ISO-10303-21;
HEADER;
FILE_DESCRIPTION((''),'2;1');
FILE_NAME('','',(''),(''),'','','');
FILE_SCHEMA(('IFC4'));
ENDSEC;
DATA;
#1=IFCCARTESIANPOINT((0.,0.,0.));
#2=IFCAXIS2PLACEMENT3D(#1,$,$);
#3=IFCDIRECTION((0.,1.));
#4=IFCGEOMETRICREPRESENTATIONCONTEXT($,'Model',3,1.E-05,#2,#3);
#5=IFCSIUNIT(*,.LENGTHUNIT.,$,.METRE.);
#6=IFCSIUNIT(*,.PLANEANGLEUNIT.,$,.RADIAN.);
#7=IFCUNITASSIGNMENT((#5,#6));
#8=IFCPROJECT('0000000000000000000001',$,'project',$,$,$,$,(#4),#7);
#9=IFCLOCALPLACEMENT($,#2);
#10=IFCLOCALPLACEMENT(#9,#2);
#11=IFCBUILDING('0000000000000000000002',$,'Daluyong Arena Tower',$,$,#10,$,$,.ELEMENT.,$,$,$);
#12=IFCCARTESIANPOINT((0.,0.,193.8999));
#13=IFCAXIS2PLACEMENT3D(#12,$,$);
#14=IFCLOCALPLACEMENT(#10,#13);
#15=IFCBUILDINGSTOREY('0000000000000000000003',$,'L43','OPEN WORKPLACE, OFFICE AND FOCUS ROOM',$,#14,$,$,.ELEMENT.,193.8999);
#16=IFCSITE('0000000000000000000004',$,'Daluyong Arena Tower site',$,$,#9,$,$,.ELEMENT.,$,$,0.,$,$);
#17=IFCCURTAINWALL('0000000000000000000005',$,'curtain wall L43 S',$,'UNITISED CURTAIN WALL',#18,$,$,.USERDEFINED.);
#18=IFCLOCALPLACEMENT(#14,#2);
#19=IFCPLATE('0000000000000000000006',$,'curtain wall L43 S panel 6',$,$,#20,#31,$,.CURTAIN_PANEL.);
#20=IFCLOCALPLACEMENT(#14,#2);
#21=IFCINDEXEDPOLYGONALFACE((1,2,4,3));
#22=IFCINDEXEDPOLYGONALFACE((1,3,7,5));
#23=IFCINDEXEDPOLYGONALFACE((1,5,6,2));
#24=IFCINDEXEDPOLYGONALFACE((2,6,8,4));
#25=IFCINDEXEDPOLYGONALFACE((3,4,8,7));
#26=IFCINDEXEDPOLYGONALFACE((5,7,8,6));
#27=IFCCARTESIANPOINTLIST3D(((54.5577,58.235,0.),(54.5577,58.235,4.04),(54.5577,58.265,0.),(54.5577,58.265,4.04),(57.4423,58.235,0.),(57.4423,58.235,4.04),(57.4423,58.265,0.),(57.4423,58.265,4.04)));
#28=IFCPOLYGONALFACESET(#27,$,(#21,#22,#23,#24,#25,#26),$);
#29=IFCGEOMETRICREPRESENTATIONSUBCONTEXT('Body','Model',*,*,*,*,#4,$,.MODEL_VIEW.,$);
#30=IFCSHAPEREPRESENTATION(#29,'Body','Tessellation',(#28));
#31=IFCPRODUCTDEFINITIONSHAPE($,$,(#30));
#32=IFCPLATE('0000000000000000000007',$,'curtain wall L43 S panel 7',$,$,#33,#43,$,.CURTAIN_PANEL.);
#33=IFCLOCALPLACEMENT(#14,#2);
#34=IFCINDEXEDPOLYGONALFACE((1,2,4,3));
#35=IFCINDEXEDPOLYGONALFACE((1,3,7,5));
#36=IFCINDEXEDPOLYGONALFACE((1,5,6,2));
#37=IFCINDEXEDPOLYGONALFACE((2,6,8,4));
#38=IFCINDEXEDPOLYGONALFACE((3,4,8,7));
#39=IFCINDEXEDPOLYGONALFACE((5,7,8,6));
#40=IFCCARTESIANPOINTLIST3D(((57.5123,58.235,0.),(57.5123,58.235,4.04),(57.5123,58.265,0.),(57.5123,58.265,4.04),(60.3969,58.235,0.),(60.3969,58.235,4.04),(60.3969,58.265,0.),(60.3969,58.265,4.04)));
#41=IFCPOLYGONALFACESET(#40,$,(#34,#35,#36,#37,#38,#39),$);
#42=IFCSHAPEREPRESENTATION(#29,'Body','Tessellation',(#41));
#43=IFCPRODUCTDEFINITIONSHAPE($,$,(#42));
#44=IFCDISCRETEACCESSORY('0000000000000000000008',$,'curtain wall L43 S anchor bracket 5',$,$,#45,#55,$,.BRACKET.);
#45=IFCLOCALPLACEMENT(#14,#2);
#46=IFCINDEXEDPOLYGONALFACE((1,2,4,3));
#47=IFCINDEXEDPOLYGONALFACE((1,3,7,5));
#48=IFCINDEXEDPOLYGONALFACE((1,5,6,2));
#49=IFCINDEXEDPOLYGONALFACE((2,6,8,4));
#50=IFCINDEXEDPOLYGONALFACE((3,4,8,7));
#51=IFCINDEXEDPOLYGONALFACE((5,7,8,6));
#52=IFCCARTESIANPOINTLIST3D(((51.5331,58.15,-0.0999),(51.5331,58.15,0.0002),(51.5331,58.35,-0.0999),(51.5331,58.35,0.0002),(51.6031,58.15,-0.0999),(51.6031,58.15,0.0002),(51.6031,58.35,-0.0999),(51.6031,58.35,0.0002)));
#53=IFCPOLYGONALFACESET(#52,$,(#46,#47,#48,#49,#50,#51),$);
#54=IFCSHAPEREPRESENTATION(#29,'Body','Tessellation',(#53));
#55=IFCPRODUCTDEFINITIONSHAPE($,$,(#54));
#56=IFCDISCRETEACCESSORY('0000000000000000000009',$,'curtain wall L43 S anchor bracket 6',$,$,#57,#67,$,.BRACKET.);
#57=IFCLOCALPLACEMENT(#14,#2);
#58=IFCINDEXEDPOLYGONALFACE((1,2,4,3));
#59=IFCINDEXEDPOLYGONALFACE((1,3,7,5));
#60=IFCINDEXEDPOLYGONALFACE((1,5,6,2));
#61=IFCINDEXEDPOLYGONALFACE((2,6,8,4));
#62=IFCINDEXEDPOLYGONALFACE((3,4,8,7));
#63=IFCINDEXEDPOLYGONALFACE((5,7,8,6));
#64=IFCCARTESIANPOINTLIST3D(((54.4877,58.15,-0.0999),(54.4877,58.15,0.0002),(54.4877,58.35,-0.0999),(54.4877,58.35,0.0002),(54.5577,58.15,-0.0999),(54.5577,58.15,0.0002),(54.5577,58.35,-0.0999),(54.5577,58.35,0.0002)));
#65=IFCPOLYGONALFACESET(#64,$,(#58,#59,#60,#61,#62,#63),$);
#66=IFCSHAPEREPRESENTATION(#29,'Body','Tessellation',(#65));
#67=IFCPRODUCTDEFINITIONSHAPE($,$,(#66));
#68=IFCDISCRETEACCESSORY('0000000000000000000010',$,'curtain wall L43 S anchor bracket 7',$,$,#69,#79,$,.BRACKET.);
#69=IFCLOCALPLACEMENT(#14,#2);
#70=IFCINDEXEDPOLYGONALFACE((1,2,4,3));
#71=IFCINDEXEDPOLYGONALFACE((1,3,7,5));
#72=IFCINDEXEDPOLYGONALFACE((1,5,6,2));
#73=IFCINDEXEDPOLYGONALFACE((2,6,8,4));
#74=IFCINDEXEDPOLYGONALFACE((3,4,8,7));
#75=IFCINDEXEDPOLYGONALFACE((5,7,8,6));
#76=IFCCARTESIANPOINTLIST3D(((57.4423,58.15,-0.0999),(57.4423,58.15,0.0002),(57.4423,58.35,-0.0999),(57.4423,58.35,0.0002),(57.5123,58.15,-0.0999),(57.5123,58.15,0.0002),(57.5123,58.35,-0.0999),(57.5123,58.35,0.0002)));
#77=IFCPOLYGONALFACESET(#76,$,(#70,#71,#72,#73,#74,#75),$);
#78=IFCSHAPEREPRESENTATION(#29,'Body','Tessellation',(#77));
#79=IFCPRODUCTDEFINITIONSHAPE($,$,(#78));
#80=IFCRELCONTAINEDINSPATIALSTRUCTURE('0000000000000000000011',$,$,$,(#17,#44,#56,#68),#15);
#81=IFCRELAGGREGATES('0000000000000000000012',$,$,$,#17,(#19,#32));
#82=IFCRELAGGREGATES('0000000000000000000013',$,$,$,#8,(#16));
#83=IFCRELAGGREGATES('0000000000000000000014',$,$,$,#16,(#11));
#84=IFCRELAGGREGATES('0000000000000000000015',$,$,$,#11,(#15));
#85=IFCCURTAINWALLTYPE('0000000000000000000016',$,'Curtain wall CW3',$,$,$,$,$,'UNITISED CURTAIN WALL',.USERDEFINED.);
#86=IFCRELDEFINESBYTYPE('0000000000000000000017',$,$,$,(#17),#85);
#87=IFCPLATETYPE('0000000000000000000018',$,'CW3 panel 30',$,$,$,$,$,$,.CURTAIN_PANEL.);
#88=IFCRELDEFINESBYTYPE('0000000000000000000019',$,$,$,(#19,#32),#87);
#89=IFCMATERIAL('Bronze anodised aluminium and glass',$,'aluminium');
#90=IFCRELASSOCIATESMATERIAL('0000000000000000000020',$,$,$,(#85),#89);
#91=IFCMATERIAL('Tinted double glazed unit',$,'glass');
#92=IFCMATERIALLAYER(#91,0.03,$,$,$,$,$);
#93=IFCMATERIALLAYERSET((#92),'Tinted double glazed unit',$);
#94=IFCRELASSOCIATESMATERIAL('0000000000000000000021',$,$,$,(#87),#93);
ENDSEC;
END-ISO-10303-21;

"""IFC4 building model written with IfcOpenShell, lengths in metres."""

from ifc_helpers import new_model, si_unit, direction, frame, origin, origin_2d, place, context, subcontext, project, spatial, rectangle, extrude, material, layer, layer_set, type_object, element, aggregate, save


model = new_model("IFC4")

# Units and contexts
model_context = context("Model", 3, precision=1e-05, world=origin(), true_north=direction((0.0, 1.0)))
body_context = subcontext(model_context, "Body", "Model", "MODEL_VIEW")
ifc_project = project(units=[si_unit("LENGTHUNIT", "METRE"), si_unit("PLANEANGLEUNIT", "RADIAN")], contexts=[model_context])

# Site, building, storey
site_placement = place(None, origin())
site = spatial("IfcSite", under=ifc_project, at=site_placement, Name="Daluyong Arena Tower site", CompositionType="ELEMENT", RefElevation=0.0)
building_placement = place(site_placement, origin())
building = spatial("IfcBuilding", under=site, at=building_placement, Name="Daluyong Arena Tower", CompositionType="ELEMENT")
storey_placement = place(building_placement, frame((0.0, 0.0, 193.8999)))
storey = spatial("IfcBuildingStorey", under=building, at=storey_placement, Name="L43", Description="OPEN WORKPLACE, OFFICE AND FOCUS ROOM", CompositionType="ELEMENT", Elevation=193.8999)

# Curtain wall
ifc_material_1 = material(Name="Bronze anodised aluminium and glass", Category="aluminium")
curtain_wall_type = type_object("IfcCurtainWallType", Name="Curtain wall CW3", ElementType="UNITISED CURTAIN WALL", PredefinedType="USERDEFINED", material=ifc_material_1)
curtain_wall_placement = place(storey_placement, origin())
curtain_wall = element("IfcCurtainWall", 1, at=curtain_wall_placement, inside=storey, type_object=curtain_wall_type, Name="curtain wall L43 S", ObjectType="UNITISED CURTAIN WALL", PredefinedType="USERDEFINED")

# Plates
ifc_material_2 = material(Name="Tinted double glazed unit", Category="glass")
ifc_layer = layer(ifc_material_2, 0.03)
ifc_layer_set = layer_set([ifc_layer], Name="Tinted double glazed unit")
plate_type = type_object("IfcPlateType", Name="CW3 panel 30", PredefinedType="CURTAIN_PANEL", material=ifc_layer_set)
plate_1_placement = place(storey_placement, frame((56.0, 58.25, 0.0), z_axis=(0.0, 0.0, 1.0), x_axis=(1.0, 0.0, 0.0)))
plate_1 = element("IfcPlate", 2, at=plate_1_placement, type_object=plate_type, Name="curtain wall L43 S panel 6", PredefinedType="CURTAIN_PANEL", context=body_context, shape_type="SweptSolid", body=[
    extrude(rectangle(XDim=2.8845, YDim=0.03, at=origin_2d()), origin(), (0.0, 0.0, 1.0), 4.04),
])
plate_2_placement = place(storey_placement, frame((58.9546, 58.25, 0.0), z_axis=(0.0, 0.0, 1.0), x_axis=(1.0, 0.0, 0.0)))
plate_2 = element("IfcPlate", 3, at=plate_2_placement, type_object=plate_type, Name="curtain wall L43 S panel 7", PredefinedType="CURTAIN_PANEL", context=body_context, shape_type="SweptSolid", body=[
    extrude(rectangle(XDim=2.8845, YDim=0.03, at=origin_2d()), origin(), (0.0, 0.0, 1.0), 4.04),
])
aggregate(curtain_wall, [plate_1, plate_2])

# Discrete accessories
for number, where, z_axis, x_axis, name in (
    (4, (51.5681, 58.25, -0.0999), (0.0, 0.0, 1.0), (1.0, 0.0, 0.0), "curtain wall L43 S anchor bracket 5"),
    (5, (54.5227, 58.25, -0.0999), (0.0, 0.0, 1.0), (1.0, 0.0, 0.0), "curtain wall L43 S anchor bracket 6"),
    (6, (57.4773, 58.25, -0.0999), (0.0, 0.0, 1.0), (1.0, 0.0, 0.0), "curtain wall L43 S anchor bracket 7"),
):
    element("IfcDiscreteAccessory", number, at=place(storey_placement, frame(where, z_axis=z_axis, x_axis=x_axis)), inside=storey, Name=name, PredefinedType="BRACKET", context=body_context, shape_type="SweptSolid", body=[
        extrude(rectangle(XDim=0.0701, YDim=0.2, at=origin_2d()), origin(), (0.0, 0.0, 1.0), 0.1001),
    ])

save(model, "model.ifc")
